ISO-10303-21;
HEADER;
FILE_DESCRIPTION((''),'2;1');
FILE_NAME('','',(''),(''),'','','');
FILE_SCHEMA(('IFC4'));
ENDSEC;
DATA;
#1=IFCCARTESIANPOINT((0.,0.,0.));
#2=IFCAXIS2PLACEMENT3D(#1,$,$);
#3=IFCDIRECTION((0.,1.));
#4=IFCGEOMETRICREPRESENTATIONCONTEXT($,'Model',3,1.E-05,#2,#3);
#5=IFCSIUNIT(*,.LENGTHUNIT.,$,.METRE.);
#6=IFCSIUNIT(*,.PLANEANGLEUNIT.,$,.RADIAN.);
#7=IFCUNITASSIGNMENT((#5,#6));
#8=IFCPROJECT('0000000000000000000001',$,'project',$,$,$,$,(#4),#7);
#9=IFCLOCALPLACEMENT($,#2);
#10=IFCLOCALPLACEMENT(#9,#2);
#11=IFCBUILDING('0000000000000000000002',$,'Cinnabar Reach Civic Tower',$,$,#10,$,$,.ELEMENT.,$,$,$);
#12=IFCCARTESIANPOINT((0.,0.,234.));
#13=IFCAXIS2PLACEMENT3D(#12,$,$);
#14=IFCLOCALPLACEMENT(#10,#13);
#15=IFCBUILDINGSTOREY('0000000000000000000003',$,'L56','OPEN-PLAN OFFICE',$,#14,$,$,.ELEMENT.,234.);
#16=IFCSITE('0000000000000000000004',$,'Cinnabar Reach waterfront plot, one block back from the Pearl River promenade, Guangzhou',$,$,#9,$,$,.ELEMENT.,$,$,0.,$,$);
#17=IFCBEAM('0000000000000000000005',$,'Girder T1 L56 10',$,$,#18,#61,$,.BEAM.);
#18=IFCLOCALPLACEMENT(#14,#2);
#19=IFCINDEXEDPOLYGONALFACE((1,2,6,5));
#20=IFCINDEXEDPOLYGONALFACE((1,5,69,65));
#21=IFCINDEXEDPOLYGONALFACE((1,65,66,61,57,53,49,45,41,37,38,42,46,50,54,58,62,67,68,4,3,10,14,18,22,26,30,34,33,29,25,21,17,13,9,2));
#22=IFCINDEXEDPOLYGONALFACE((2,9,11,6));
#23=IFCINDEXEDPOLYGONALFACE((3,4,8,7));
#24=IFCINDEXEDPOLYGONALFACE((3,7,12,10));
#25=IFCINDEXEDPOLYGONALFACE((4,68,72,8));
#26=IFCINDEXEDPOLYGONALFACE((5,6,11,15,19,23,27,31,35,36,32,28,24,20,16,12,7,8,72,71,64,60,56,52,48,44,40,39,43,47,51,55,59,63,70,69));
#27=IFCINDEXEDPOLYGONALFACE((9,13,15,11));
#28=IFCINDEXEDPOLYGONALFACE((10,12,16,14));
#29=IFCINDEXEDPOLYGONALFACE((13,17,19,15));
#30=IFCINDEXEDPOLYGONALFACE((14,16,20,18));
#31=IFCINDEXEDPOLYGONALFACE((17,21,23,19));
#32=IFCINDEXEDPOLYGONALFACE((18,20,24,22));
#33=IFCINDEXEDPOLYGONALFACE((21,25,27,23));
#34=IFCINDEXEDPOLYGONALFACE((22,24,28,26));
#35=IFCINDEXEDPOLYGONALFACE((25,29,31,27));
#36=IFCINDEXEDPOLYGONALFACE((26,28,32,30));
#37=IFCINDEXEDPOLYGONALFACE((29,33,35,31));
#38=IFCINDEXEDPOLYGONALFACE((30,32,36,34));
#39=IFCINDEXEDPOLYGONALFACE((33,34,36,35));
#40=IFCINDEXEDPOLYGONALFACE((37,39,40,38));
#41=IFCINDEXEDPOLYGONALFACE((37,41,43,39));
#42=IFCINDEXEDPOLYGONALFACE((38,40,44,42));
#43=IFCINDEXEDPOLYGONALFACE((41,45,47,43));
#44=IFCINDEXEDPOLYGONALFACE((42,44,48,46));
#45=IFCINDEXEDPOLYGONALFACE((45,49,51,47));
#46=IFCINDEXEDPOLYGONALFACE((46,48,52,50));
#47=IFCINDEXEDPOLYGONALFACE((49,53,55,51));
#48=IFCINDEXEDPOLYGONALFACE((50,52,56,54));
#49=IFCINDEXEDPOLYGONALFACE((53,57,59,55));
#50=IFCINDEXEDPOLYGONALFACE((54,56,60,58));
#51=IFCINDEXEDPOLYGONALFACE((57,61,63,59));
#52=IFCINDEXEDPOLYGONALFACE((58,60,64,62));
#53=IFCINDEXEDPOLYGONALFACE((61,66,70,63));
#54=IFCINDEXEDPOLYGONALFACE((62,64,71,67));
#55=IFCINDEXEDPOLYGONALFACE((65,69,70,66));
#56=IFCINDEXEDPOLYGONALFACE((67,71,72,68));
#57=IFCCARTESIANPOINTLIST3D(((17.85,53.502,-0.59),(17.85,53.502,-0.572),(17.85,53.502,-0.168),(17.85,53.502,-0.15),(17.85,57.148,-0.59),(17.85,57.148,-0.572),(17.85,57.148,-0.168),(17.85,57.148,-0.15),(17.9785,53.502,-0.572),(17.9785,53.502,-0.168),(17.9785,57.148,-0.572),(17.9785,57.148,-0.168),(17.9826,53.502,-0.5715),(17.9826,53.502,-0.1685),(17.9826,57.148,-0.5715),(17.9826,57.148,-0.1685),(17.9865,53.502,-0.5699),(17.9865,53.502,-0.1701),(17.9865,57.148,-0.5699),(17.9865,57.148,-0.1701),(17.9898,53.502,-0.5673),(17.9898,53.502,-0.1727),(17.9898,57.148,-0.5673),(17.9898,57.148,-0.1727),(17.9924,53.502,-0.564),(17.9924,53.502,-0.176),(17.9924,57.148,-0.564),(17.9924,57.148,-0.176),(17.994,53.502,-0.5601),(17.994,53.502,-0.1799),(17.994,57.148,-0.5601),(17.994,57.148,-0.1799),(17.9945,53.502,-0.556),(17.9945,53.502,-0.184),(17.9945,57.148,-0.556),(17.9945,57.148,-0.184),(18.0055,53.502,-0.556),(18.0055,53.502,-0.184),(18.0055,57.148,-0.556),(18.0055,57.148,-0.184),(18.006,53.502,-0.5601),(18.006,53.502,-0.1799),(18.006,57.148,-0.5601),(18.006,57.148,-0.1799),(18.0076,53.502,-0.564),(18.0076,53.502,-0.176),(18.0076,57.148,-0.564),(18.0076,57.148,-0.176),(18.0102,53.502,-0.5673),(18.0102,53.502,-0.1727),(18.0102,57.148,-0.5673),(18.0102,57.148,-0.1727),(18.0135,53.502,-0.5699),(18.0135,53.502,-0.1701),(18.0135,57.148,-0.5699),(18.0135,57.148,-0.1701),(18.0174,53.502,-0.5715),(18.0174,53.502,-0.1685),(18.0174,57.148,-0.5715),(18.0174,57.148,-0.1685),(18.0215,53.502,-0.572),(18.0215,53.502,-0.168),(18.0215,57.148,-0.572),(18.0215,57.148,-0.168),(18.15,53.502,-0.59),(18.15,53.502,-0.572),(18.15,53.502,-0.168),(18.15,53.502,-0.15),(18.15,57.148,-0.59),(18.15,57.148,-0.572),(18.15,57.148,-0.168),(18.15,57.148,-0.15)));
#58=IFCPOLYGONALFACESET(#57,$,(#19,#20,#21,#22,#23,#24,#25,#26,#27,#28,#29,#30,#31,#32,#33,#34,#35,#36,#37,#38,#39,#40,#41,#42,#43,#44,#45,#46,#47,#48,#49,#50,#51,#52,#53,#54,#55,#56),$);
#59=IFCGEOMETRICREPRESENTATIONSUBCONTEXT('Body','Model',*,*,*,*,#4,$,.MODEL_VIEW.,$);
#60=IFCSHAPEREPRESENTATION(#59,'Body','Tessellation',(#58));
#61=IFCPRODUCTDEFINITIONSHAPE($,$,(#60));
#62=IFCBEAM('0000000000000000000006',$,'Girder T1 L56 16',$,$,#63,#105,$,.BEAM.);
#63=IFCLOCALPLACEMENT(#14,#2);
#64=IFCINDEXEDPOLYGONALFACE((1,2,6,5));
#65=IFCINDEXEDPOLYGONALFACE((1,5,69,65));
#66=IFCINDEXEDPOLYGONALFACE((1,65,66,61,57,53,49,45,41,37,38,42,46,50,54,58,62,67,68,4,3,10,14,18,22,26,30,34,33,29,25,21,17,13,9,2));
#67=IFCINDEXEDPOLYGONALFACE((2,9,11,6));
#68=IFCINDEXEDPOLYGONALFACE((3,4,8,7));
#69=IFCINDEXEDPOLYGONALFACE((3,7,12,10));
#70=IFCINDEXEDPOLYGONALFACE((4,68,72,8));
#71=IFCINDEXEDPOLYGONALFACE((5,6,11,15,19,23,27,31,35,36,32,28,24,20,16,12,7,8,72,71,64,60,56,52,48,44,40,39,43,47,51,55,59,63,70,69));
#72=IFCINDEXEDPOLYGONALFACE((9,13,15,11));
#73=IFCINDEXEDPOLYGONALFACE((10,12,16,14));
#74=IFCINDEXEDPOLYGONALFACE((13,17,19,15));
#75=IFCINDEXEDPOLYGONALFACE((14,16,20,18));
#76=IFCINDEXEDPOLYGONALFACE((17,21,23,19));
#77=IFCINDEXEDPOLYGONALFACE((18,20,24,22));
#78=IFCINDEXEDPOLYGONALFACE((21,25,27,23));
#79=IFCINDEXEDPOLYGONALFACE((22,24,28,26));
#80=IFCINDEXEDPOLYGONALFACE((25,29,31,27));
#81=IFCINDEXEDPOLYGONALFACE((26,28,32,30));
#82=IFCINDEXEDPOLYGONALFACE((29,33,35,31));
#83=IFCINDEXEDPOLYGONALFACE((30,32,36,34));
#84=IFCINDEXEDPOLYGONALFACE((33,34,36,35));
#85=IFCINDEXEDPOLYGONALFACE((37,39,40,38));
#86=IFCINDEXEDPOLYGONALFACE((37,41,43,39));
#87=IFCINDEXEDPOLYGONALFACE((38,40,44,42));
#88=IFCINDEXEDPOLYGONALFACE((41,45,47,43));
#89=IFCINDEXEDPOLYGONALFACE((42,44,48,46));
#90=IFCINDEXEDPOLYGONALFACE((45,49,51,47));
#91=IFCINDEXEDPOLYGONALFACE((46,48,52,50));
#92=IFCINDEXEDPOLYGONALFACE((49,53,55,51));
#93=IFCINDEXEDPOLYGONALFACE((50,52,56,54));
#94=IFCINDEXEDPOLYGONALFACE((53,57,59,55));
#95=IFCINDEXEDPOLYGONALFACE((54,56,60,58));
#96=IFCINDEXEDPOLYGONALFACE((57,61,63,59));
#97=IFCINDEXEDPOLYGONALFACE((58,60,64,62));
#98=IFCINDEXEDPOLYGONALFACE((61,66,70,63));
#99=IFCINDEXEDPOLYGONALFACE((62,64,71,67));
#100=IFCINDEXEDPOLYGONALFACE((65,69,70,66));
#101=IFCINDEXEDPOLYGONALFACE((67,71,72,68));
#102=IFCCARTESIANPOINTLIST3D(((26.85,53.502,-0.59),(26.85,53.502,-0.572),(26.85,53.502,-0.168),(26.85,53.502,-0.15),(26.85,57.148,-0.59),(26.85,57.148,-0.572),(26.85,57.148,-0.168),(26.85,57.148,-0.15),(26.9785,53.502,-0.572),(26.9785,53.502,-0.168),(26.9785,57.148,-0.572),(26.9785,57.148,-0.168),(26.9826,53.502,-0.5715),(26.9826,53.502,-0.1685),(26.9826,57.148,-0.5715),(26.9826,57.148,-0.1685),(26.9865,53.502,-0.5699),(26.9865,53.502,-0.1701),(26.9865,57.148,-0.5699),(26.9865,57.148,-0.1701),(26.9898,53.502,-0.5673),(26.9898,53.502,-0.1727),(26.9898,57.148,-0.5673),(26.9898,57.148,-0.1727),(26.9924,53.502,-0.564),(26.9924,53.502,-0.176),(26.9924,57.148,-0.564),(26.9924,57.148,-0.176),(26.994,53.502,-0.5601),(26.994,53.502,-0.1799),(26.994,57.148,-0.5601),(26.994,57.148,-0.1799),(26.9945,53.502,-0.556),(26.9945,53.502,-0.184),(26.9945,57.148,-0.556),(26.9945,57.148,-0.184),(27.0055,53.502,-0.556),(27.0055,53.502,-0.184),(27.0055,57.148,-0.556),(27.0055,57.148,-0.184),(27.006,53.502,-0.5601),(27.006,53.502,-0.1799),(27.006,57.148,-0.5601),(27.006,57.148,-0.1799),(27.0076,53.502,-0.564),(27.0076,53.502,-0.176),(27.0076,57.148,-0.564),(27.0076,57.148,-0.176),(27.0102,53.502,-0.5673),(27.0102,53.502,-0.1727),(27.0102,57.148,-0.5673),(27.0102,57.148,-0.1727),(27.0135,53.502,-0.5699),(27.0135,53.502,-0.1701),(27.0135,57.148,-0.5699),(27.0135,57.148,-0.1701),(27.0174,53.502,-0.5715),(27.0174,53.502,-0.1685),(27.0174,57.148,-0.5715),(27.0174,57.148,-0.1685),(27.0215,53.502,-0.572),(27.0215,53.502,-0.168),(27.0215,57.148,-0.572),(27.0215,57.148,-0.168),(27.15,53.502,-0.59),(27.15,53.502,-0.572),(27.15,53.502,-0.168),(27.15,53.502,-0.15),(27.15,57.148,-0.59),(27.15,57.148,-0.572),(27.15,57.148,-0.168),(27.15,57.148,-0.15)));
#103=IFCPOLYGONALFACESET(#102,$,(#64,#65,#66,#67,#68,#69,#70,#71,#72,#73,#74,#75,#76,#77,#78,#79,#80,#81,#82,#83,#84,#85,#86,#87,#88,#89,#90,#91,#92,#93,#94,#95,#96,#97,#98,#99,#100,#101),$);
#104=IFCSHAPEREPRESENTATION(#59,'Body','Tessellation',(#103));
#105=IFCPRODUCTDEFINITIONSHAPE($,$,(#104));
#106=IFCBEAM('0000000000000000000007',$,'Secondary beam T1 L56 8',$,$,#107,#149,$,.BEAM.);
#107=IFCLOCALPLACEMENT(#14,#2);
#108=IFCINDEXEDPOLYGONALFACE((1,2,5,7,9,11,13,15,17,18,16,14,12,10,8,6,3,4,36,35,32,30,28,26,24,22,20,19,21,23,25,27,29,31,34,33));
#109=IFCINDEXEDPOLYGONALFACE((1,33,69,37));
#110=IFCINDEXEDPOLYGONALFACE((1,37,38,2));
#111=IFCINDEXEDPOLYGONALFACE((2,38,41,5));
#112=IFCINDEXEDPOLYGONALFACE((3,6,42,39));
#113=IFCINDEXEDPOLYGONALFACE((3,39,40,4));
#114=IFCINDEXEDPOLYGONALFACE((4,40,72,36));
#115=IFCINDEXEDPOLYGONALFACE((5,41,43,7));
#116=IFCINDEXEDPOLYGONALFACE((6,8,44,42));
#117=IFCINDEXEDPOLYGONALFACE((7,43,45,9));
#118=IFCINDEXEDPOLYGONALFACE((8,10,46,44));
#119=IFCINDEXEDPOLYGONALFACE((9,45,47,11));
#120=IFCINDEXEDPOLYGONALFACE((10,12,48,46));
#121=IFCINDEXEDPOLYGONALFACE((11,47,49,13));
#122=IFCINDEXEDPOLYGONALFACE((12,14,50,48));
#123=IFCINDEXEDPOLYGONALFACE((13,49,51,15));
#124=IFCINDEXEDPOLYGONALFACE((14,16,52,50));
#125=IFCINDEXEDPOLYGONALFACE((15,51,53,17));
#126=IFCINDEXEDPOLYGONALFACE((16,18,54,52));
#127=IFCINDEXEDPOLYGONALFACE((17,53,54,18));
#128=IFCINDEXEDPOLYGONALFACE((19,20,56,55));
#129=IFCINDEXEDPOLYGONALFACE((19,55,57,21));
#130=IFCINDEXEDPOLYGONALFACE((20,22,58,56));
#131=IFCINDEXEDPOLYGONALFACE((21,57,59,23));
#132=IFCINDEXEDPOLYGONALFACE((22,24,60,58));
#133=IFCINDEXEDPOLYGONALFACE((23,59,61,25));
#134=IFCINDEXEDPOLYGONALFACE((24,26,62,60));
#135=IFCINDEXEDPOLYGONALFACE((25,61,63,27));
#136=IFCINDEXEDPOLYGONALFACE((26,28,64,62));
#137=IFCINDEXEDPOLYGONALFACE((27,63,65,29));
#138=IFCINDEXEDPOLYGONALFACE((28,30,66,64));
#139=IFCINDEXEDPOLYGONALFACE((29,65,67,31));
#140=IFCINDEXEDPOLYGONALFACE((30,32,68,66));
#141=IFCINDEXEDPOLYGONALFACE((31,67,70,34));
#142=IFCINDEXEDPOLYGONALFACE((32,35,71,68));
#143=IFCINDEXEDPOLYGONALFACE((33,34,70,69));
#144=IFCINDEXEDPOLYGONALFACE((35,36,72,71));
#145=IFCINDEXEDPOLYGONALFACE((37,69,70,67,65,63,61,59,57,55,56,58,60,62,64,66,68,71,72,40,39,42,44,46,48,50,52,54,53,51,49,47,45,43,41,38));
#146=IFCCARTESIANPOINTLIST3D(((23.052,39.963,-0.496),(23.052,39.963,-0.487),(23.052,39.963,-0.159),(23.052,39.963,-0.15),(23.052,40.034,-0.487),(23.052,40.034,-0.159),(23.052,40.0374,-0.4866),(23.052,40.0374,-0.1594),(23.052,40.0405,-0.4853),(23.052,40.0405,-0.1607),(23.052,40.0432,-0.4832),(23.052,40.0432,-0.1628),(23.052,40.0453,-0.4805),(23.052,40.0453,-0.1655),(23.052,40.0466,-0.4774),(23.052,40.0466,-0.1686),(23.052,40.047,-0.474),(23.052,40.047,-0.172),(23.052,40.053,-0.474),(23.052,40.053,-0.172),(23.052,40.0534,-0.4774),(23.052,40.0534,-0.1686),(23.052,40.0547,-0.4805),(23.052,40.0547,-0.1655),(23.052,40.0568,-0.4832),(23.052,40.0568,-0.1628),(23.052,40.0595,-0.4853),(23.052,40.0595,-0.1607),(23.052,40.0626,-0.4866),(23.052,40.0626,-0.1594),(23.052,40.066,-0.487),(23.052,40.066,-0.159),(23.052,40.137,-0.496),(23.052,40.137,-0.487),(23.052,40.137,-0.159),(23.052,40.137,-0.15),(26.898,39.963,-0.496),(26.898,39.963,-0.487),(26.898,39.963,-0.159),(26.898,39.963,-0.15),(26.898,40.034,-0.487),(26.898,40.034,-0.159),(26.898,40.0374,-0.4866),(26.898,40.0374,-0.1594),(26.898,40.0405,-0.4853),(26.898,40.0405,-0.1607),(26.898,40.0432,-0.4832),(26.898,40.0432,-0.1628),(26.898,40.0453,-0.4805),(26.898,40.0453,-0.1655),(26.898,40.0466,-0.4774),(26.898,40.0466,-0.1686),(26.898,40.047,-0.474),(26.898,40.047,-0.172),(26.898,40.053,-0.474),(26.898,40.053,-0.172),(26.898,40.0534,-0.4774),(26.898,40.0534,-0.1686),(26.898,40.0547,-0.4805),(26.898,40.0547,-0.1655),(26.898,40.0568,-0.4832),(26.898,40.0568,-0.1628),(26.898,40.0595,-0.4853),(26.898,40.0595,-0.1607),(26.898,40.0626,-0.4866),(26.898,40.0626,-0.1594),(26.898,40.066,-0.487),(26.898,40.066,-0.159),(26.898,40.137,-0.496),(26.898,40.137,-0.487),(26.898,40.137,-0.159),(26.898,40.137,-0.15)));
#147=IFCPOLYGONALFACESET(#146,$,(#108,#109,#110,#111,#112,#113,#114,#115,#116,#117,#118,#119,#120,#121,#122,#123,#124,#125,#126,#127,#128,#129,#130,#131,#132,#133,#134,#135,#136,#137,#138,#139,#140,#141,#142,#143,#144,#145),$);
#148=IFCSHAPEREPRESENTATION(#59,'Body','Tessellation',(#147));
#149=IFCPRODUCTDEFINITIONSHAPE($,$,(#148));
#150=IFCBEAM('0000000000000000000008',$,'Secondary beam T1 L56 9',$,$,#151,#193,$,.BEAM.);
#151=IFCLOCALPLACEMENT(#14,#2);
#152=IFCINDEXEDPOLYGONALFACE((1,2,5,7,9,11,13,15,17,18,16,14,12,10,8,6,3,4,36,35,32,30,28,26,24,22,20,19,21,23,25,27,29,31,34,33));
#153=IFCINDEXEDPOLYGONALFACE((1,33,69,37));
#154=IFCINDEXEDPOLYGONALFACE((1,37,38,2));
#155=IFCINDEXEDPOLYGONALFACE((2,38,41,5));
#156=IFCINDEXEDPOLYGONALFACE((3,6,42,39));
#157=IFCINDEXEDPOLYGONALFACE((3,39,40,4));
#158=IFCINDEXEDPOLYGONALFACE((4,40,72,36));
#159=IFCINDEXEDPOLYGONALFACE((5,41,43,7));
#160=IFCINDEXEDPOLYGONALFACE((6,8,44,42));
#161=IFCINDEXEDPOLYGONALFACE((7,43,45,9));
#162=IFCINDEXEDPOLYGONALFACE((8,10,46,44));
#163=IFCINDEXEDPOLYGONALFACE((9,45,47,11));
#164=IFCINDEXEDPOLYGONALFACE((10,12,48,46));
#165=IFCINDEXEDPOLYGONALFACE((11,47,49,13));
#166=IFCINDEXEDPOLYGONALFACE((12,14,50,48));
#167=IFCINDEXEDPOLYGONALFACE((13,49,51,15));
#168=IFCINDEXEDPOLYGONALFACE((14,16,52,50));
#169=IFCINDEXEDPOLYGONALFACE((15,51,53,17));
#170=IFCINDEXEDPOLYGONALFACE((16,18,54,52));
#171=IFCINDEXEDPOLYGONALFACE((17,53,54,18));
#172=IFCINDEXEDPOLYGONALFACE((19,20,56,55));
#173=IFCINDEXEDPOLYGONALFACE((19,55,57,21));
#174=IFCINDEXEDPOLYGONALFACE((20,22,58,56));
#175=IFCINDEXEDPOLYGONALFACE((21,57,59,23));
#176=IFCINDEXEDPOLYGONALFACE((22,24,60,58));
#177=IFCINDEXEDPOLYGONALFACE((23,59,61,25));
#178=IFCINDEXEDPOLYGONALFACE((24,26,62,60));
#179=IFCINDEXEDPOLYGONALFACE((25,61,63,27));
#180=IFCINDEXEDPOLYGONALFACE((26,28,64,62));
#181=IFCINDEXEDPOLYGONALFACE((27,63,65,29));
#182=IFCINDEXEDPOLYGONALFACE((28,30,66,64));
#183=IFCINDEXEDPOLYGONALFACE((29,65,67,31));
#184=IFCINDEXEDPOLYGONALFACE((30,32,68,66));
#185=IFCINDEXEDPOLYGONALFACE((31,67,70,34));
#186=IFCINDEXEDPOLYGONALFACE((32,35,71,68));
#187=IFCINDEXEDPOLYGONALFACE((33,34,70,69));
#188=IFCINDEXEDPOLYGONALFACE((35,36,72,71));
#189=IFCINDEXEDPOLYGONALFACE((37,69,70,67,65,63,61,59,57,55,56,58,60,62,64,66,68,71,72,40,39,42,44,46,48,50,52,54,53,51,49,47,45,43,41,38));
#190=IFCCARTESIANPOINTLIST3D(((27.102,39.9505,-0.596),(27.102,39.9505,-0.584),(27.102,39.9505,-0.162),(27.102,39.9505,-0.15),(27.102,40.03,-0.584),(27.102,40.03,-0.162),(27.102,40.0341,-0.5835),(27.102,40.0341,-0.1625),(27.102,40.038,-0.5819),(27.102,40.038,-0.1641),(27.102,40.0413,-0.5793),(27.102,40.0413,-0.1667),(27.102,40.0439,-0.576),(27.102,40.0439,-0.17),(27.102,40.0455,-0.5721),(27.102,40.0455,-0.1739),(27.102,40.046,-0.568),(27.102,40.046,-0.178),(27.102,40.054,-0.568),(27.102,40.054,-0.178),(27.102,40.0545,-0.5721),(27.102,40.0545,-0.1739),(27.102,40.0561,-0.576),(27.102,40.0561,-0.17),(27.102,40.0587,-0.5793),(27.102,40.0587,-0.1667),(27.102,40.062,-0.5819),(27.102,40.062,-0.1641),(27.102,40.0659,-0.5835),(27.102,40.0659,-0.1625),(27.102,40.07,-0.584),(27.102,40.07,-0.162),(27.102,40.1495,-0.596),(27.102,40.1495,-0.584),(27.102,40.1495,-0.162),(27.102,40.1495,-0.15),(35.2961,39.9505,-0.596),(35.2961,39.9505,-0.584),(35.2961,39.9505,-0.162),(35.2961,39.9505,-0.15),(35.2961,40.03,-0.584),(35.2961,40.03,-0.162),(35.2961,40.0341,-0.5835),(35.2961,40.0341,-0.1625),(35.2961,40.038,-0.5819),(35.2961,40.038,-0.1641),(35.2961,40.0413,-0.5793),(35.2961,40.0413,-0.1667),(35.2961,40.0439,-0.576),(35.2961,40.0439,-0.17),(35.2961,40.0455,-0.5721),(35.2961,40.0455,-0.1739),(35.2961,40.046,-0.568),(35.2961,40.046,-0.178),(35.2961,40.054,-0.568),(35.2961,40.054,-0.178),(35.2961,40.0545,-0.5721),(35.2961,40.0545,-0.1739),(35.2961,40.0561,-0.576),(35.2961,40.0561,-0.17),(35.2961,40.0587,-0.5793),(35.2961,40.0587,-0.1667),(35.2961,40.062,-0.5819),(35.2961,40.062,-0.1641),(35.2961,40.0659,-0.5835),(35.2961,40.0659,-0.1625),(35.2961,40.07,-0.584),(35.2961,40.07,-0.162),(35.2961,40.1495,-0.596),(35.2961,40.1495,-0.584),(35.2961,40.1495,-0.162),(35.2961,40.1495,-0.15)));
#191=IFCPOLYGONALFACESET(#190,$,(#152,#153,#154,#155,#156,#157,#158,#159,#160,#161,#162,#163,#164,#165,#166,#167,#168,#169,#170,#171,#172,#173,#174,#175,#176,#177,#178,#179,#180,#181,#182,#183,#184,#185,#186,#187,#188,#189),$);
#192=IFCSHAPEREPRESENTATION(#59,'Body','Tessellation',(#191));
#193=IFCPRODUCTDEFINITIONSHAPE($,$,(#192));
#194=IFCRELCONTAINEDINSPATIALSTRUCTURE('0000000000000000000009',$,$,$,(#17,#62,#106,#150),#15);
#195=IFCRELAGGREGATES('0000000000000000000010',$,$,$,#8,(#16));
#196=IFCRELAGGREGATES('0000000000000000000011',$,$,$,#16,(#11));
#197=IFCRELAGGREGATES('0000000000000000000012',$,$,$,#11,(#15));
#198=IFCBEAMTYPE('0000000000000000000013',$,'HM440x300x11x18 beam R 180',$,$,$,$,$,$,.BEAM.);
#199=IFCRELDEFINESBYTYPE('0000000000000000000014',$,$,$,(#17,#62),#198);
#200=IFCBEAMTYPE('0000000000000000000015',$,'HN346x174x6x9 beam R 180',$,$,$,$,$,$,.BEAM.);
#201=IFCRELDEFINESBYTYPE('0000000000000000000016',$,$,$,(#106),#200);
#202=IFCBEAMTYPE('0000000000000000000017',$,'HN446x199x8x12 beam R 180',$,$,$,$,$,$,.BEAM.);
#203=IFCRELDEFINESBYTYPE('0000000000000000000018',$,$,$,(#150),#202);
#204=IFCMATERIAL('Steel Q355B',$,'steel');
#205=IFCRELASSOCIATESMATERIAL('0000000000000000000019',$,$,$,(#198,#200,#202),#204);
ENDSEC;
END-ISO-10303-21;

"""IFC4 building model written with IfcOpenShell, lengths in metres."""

from ifc_helpers import new_model, si_unit, direction, frame, origin, origin_2d, place, context, subcontext, project, spatial, i_section, extrude, material, material_profile, profile_set, type_object, element, save


model = new_model("IFC4")

# Units and contexts
model_context = context("Model", 3, precision=1e-05, world=origin(), true_north=direction((0.0, 1.0)))
body_context = subcontext(model_context, "Body", "Model", "MODEL_VIEW")
ifc_project = project(units=[si_unit("LENGTHUNIT", "METRE"), si_unit("PLANEANGLEUNIT", "RADIAN")], contexts=[model_context])

# Site, building, storey
site_placement = place(None, origin())
site = spatial("IfcSite", under=ifc_project, at=site_placement, Name="Cinnabar Reach waterfront plot, one block back from the Pearl River promenade, Guangzhou", CompositionType="ELEMENT", RefElevation=0.0)
building_placement = place(site_placement, origin())
building = spatial("IfcBuilding", under=site, at=building_placement, Name="Cinnabar Reach Civic Tower", CompositionType="ELEMENT")
storey_placement = place(building_placement, frame((0.0, 0.0, 234.0)))
storey = spatial("IfcBuildingStorey", under=building, at=storey_placement, Name="L56", Description="OPEN-PLAN OFFICE", CompositionType="ELEMENT", Elevation=234.0)

# Beams
ifc_material_1 = material(Name="Steel Q355B", Category="steel")
ifc_material_profile_1 = material_profile(ifc_material_1, i_section(OverallWidth=0.3, OverallDepth=0.44, WebThickness=0.011, FlangeThickness=0.018, FilletRadius=0.016, at=origin_2d()), Name="HM440x300x11x18")
ifc_profile_set_1 = profile_set([ifc_material_profile_1], Name="Steel Q355B")
beam_type_1 = type_object("IfcBeamType", Name="HM440x300x11x18 beam R 180", PredefinedType="BEAM", material=ifc_profile_set_1)
for number, where, z_axis, x_axis, name in (
    (1, (18.0, 53.502, -0.37), (0.0, 1.0, 0.0), (-1.0, 0.0, 0.0), "Girder T1 L56 10"),
    (2, (27.0, 53.502, -0.37), (0.0, 1.0, 0.0), (-1.0, 0.0, 0.0), "Girder T1 L56 16"),
):
    element("IfcBeam", number, at=place(storey_placement, frame(where, z_axis=z_axis, x_axis=x_axis)), inside=storey, type_object=beam_type_1, Name=name, PredefinedType="BEAM", context=body_context, shape_type="SweptSolid", body=[
        extrude(i_section(OverallWidth=0.3, OverallDepth=0.44, WebThickness=0.011, FlangeThickness=0.018, FilletRadius=0.016, at=origin_2d()), origin(), (0.0, 0.0, 1.0), 3.646),
    ])
ifc_material_profile_2 = material_profile(ifc_material_1, i_section(OverallWidth=0.174, OverallDepth=0.346, WebThickness=0.006, FlangeThickness=0.009, FilletRadius=0.013, at=origin_2d()), Name="HN346x174x6x9")
ifc_profile_set_2 = profile_set([ifc_material_profile_2], Name="Steel Q355B")
beam_type_2 = type_object("IfcBeamType", Name="HN346x174x6x9 beam R 180", PredefinedType="BEAM", material=ifc_profile_set_2)
beam_1_placement = place(storey_placement, frame((23.052, 40.05, -0.323), z_axis=(1.0, 0.0, 0.0), x_axis=(0.0, 1.0, 0.0)))
element("IfcBeam", 3, at=beam_1_placement, inside=storey, type_object=beam_type_2, Name="Secondary beam T1 L56 8", PredefinedType="BEAM", context=body_context, shape_type="SweptSolid", body=[
    extrude(i_section(OverallWidth=0.174, OverallDepth=0.346, WebThickness=0.006, FlangeThickness=0.009, FilletRadius=0.013, at=origin_2d()), origin(), (0.0, 0.0, 1.0), 3.846),
])
ifc_material_profile_3 = material_profile(ifc_material_1, i_section(OverallWidth=0.199, OverallDepth=0.446, WebThickness=0.008, FlangeThickness=0.012, FilletRadius=0.016, at=origin_2d()), Name="HN446x199x8x12")
ifc_profile_set_3 = profile_set([ifc_material_profile_3], Name="Steel Q355B")
beam_type_3 = type_object("IfcBeamType", Name="HN446x199x8x12 beam R 180", PredefinedType="BEAM", material=ifc_profile_set_3)
beam_2_placement = place(storey_placement, frame((27.102, 40.05, -0.373), z_axis=(1.0, 0.0, 0.0), x_axis=(0.0, 1.0, 0.0)))
element("IfcBeam", 4, at=beam_2_placement, inside=storey, type_object=beam_type_3, Name="Secondary beam T1 L56 9", PredefinedType="BEAM", context=body_context, shape_type="SweptSolid", body=[
    extrude(i_section(OverallWidth=0.199, OverallDepth=0.446, WebThickness=0.008, FlangeThickness=0.012, FilletRadius=0.016, at=origin_2d()), origin(), (0.0, 0.0, 1.0), 8.1941),
])

save(model, "model.ifc")
